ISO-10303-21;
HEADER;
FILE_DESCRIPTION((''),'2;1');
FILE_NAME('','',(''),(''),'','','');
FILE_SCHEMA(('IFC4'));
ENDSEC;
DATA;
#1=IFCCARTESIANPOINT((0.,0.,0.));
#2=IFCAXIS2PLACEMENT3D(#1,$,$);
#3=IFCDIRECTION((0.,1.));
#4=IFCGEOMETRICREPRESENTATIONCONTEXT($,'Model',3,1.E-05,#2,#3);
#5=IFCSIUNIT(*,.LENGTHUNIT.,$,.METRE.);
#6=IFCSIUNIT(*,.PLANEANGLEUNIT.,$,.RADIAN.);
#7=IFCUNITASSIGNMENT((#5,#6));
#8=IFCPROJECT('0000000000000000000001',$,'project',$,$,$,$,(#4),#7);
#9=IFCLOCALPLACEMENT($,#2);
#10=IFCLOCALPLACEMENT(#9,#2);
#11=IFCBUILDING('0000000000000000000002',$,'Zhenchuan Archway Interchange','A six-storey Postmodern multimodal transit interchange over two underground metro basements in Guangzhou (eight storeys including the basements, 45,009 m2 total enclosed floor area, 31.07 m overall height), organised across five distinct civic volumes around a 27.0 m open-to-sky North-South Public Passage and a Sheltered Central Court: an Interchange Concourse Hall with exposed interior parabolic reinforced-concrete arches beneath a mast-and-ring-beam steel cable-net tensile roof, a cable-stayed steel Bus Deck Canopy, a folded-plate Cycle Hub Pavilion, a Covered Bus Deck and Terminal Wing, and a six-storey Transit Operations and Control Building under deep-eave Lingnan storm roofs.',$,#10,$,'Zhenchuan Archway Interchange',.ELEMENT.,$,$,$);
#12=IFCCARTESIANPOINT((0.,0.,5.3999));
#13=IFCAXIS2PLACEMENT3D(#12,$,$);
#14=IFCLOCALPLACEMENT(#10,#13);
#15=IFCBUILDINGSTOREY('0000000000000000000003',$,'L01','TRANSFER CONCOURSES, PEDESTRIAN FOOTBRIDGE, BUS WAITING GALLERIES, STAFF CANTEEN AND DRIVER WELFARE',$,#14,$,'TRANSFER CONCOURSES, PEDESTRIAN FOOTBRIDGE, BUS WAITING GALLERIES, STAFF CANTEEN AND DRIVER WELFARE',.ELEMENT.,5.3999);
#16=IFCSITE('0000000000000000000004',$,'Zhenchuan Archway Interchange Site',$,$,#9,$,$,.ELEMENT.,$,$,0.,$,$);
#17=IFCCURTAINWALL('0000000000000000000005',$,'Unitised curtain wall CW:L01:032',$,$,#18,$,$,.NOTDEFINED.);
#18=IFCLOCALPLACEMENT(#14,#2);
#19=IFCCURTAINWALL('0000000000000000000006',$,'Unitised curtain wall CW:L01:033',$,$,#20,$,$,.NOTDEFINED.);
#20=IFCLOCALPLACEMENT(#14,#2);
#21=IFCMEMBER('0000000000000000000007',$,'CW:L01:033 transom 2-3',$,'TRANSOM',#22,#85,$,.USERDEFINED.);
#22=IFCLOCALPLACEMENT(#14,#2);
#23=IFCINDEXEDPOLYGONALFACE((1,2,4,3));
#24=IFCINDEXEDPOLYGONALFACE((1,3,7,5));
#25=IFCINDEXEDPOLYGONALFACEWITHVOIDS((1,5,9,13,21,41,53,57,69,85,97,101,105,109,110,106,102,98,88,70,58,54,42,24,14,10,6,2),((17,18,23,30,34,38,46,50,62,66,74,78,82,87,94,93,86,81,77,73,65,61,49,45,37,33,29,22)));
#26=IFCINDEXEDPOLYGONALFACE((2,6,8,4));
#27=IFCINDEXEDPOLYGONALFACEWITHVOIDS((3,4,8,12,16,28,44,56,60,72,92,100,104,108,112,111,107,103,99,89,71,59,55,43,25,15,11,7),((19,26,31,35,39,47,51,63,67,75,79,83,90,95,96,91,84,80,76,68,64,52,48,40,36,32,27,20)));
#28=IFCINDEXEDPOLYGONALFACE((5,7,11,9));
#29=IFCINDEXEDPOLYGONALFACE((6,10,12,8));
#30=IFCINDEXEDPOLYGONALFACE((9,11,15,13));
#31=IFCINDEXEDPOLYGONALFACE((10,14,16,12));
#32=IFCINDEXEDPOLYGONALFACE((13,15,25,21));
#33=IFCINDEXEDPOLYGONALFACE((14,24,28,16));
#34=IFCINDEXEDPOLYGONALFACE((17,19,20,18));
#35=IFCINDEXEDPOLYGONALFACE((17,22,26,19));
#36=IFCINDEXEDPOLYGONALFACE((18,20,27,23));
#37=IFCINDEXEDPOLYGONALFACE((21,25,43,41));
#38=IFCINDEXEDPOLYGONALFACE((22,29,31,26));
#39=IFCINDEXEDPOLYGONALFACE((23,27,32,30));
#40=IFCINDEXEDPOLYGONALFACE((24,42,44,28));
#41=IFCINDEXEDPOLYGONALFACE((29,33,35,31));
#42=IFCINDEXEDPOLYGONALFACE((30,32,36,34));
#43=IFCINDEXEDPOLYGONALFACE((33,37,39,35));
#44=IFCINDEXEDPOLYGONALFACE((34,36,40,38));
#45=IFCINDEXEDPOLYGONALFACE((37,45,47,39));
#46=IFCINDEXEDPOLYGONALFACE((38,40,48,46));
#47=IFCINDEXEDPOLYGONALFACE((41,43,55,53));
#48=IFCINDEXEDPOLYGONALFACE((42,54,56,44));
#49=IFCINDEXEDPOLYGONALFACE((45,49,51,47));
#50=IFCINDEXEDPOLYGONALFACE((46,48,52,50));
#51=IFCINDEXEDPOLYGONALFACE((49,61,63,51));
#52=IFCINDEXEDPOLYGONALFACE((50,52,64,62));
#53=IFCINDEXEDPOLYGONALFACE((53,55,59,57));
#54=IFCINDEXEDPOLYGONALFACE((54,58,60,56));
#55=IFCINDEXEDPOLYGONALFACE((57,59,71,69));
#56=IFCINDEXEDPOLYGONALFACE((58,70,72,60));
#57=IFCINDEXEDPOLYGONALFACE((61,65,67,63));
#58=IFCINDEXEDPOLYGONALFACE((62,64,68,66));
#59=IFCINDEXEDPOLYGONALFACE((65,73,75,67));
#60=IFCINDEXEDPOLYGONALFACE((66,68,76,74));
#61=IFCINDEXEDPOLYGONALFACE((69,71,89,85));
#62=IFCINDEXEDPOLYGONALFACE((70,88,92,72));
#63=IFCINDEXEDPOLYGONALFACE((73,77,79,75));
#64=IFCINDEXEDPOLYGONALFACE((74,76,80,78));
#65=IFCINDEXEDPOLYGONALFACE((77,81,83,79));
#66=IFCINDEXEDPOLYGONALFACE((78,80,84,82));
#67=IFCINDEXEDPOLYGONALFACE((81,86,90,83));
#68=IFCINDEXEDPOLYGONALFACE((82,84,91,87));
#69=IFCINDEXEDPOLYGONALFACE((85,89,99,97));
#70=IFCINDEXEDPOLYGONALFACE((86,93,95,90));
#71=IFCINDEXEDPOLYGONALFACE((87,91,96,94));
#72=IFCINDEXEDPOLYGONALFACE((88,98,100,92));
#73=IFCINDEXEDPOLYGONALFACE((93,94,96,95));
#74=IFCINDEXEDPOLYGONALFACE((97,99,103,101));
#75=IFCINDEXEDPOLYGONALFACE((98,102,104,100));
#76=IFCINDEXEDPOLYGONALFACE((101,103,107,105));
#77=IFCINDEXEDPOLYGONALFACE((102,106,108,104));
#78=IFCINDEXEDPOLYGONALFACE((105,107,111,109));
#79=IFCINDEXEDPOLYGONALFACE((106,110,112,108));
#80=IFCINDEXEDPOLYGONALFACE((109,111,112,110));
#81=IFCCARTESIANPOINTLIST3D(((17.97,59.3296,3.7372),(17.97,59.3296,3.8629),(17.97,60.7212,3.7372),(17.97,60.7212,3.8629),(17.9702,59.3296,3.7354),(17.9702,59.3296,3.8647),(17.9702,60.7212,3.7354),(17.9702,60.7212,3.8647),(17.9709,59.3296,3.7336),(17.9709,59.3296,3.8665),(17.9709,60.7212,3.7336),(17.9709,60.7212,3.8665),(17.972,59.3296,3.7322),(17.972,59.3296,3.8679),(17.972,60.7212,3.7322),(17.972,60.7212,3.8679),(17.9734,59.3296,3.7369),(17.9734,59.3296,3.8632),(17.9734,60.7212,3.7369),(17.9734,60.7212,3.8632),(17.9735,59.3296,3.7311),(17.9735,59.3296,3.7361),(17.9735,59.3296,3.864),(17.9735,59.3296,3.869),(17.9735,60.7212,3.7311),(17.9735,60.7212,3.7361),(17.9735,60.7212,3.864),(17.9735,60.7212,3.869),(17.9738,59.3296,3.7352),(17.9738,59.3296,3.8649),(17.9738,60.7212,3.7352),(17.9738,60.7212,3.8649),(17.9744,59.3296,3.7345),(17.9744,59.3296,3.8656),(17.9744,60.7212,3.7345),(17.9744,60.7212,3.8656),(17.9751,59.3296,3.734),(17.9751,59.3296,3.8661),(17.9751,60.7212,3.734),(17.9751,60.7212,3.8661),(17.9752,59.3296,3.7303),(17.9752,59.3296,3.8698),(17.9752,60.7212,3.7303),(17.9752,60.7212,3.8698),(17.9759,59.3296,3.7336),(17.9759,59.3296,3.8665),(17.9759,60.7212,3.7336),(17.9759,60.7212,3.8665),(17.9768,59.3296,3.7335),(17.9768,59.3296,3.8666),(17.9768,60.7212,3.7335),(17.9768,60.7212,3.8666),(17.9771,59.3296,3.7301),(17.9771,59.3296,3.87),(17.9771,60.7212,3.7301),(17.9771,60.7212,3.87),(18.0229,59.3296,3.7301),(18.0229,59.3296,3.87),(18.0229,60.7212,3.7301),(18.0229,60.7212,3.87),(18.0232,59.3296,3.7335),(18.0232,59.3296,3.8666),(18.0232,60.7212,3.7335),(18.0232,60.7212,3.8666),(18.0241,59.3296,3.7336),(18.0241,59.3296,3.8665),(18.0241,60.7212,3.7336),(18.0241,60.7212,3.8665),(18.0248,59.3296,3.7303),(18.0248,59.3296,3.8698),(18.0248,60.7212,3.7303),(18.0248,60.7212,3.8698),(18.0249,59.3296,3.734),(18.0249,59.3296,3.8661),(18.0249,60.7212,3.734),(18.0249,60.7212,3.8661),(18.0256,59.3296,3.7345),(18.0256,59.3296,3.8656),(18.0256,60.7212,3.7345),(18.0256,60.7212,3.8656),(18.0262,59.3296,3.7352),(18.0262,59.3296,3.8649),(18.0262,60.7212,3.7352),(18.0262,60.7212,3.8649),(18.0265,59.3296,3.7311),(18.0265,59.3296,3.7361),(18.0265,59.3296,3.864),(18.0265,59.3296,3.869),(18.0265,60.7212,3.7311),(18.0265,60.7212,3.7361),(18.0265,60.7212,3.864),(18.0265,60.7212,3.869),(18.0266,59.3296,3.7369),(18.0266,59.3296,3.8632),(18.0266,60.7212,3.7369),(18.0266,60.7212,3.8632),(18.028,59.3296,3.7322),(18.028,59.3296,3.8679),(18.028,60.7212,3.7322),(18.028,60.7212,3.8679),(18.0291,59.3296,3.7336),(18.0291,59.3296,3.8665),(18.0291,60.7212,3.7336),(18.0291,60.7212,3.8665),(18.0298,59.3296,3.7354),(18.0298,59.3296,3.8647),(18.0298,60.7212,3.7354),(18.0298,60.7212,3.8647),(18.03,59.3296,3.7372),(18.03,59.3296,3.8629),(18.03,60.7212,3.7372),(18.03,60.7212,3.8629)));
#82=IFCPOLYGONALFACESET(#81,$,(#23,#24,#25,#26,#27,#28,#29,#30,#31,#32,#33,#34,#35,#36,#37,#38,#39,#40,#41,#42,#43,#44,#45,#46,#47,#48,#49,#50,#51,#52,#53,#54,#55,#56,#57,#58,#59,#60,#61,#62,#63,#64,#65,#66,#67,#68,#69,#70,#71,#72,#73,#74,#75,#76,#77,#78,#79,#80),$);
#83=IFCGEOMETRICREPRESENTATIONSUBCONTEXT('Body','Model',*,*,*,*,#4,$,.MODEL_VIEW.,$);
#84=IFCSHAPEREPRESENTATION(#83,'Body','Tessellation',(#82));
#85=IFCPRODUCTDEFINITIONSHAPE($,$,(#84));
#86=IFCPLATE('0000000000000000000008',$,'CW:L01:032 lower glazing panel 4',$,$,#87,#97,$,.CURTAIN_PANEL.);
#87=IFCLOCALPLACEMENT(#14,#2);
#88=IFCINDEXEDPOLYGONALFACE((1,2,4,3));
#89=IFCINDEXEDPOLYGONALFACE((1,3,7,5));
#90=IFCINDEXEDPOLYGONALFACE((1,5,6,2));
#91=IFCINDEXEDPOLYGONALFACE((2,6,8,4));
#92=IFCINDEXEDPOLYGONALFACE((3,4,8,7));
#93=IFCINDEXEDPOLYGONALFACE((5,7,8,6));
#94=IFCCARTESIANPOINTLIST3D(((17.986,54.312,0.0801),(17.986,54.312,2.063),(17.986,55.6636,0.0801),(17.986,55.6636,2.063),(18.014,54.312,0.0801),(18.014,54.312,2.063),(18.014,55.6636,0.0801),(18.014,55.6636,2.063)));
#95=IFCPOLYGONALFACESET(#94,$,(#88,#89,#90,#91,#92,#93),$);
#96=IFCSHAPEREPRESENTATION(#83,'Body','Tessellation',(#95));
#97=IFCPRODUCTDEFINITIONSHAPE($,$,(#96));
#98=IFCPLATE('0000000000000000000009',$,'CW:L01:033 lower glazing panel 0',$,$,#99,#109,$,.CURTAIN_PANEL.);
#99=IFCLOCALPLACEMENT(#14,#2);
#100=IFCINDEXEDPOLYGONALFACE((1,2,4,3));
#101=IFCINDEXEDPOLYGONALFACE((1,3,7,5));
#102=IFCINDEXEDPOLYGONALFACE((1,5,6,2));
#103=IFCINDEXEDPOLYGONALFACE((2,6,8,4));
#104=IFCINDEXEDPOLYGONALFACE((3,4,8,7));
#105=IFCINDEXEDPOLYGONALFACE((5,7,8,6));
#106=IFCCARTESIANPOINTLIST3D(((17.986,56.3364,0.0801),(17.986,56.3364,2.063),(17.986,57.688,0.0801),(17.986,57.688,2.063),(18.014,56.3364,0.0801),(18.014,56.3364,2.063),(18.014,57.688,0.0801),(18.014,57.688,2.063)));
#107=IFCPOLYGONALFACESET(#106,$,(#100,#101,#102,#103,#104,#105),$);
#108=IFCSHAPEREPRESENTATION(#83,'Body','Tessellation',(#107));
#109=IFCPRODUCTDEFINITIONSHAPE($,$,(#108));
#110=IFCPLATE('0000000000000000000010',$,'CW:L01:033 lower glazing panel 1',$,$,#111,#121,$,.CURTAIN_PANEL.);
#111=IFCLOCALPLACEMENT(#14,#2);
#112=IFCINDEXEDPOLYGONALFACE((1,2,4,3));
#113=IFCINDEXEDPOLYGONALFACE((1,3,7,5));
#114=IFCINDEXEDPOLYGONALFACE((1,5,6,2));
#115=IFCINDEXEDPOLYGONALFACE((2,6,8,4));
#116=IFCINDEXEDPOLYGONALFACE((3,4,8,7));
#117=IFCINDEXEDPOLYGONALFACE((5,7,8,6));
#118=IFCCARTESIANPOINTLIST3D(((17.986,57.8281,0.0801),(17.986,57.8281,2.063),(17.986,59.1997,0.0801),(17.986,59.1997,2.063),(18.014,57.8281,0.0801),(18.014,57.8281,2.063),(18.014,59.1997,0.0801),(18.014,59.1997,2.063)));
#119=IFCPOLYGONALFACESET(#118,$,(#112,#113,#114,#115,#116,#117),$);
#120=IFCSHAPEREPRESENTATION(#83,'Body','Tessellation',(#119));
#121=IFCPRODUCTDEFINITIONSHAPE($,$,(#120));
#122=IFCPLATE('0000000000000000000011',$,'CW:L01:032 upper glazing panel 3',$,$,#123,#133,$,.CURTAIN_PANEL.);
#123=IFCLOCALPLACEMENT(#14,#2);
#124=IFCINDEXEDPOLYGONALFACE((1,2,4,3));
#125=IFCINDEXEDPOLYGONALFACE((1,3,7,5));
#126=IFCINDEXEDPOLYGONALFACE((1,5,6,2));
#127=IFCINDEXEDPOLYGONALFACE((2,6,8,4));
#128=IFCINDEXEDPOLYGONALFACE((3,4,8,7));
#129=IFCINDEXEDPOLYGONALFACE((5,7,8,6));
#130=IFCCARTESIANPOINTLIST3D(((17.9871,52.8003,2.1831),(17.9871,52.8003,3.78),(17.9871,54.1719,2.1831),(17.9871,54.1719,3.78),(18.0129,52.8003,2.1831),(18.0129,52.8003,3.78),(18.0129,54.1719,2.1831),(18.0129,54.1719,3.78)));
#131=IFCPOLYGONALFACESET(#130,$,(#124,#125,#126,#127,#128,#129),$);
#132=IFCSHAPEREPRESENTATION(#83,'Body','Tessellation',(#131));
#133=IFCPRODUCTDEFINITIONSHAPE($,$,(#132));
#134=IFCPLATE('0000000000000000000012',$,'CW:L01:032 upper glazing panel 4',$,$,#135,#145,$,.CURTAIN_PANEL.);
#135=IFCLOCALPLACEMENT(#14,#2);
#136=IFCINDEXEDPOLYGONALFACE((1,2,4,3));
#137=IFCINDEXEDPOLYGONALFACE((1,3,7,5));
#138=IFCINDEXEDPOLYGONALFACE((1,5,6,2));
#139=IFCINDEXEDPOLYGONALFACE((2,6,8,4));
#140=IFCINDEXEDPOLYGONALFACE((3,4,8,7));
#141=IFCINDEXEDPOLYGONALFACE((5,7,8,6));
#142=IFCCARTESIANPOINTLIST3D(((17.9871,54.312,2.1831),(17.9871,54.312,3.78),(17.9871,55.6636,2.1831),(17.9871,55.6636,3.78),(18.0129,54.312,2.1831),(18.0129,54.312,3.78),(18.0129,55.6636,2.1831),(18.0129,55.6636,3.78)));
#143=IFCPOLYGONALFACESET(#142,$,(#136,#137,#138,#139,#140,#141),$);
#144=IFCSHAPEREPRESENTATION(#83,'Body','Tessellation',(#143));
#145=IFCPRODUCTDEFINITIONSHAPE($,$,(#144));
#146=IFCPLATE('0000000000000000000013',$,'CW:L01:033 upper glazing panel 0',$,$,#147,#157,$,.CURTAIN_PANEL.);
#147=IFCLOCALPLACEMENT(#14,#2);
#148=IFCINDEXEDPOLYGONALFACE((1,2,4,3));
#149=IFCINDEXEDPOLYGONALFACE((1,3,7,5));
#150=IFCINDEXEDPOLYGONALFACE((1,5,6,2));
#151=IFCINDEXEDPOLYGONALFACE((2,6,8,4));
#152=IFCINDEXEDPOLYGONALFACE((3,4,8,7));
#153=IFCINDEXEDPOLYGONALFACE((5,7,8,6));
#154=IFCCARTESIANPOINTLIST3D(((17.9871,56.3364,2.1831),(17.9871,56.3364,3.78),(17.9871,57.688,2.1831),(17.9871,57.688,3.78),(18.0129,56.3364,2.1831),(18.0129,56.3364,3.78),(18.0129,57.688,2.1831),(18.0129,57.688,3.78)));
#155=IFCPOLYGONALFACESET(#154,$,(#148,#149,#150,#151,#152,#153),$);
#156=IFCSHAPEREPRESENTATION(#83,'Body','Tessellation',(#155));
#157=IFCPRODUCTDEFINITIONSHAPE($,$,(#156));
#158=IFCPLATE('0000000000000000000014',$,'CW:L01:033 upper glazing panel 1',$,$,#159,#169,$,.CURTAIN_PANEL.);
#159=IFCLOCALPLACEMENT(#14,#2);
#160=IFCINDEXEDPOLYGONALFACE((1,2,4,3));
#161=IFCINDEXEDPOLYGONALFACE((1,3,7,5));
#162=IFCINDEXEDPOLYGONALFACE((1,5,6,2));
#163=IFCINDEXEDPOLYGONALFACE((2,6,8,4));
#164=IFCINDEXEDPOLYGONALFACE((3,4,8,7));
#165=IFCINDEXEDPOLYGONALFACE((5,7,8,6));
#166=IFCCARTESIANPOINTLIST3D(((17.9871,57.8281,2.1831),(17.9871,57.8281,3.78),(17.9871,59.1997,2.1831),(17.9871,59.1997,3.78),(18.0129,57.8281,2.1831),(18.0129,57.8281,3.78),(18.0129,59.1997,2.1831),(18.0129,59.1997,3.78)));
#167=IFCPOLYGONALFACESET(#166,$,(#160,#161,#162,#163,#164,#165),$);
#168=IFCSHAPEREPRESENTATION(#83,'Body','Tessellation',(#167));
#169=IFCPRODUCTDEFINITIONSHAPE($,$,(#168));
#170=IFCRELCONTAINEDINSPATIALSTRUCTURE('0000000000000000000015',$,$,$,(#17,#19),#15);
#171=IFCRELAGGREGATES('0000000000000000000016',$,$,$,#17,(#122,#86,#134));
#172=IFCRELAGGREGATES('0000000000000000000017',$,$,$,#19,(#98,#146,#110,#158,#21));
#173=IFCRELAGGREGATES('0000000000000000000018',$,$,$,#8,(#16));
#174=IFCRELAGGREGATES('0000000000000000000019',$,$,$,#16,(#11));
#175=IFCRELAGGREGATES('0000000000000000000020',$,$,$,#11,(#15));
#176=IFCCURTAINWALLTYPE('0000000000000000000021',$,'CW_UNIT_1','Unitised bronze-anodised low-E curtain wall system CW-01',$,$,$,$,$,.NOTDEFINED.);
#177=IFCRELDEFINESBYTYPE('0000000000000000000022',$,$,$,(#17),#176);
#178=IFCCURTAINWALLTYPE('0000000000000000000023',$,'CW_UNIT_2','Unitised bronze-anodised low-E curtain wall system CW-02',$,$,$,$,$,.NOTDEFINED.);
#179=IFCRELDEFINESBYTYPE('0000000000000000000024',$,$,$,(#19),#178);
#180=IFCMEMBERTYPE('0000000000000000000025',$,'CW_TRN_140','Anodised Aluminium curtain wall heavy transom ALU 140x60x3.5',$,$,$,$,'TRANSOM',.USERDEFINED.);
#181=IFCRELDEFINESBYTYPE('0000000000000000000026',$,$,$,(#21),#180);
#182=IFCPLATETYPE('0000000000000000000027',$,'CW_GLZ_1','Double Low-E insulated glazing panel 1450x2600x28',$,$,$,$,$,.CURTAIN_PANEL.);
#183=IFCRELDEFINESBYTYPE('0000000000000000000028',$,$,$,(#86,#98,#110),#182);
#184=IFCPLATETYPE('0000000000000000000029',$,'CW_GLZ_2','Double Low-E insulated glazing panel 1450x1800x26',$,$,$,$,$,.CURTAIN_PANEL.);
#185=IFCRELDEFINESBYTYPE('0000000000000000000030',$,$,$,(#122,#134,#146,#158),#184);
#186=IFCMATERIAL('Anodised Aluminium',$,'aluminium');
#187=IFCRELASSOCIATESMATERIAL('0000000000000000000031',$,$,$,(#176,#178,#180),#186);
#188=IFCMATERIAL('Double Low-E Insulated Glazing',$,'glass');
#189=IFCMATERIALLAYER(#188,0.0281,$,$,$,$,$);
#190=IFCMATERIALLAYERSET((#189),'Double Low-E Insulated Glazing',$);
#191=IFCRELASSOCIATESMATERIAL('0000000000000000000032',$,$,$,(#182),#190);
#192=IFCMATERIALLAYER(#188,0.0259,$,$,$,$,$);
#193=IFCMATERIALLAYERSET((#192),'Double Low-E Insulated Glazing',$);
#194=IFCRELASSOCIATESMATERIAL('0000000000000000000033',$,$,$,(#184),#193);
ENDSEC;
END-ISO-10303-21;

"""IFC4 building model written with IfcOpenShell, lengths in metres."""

from ifc_helpers import new_model, si_unit, direction, frame, origin, origin_2d, place, context, subcontext, project, spatial, rectangle, hollow_rectangle, extrude, material, layer, layer_set, material_profile, profile_set, type_object, element, aggregate, save


model = new_model("IFC4")

# Units and contexts
model_context = context("Model", 3, precision=1e-05, world=origin(), true_north=direction((0.0, 1.0)))
body_context = subcontext(model_context, "Body", "Model", "MODEL_VIEW")
ifc_project = project(units=[si_unit("LENGTHUNIT", "METRE"), si_unit("PLANEANGLEUNIT", "RADIAN")], contexts=[model_context])

# Site, building, storey
site_placement = place(None, origin())
site = spatial("IfcSite", under=ifc_project, at=site_placement, Name="Zhenchuan Archway Interchange Site", CompositionType="ELEMENT", RefElevation=0.0)
building_placement = place(site_placement, origin())
building = spatial("IfcBuilding", under=site, at=building_placement, Name="Zhenchuan Archway Interchange", Description="A six-storey Postmodern multimodal transit interchange over two underground metro basements in Guangzhou (eight storeys including the basements, 45,009 m2 total enclosed floor area, 31.07 m overall height), organised across five distinct civic volumes around a 27.0 m open-to-sky North-South Public Passage and a Sheltered Central Court: an Interchange Concourse Hall with exposed interior parabolic reinforced-concrete arches beneath a mast-and-ring-beam steel cable-net tensile roof, a cable-stayed steel Bus Deck Canopy, a folded-plate Cycle Hub Pavilion, a Covered Bus Deck and Terminal Wing, and a six-storey Transit Operations and Control Building under deep-eave Lingnan storm roofs.", LongName="Zhenchuan Archway Interchange", CompositionType="ELEMENT")
storey_placement = place(building_placement, frame((0.0, 0.0, 5.3999)))
storey = spatial("IfcBuildingStorey", under=building, at=storey_placement, Name="L01", Description="TRANSFER CONCOURSES, PEDESTRIAN FOOTBRIDGE, BUS WAITING GALLERIES, STAFF CANTEEN AND DRIVER WELFARE", LongName="TRANSFER CONCOURSES, PEDESTRIAN FOOTBRIDGE, BUS WAITING GALLERIES, STAFF CANTEEN AND DRIVER WELFARE", CompositionType="ELEMENT", Elevation=5.3999)

# Curtain walls
ifc_material_1 = material(Name="Anodised Aluminium", Category="aluminium")
curtain_wall_type_1 = type_object("IfcCurtainWallType", Name="CW_UNIT_1", Description="Unitised bronze-anodised low-E curtain wall system CW-01", PredefinedType="NOTDEFINED", material=ifc_material_1)
curtain_wall_1_placement = place(storey_placement, origin())
curtain_wall_1 = element("IfcCurtainWall", 1, at=curtain_wall_1_placement, inside=storey, type_object=curtain_wall_type_1, Name="Unitised curtain wall CW:L01:032", PredefinedType="NOTDEFINED")
curtain_wall_type_2 = type_object("IfcCurtainWallType", Name="CW_UNIT_2", Description="Unitised bronze-anodised low-E curtain wall system CW-02", PredefinedType="NOTDEFINED", material=ifc_material_1)
curtain_wall_2_placement = place(storey_placement, origin())
curtain_wall_2 = element("IfcCurtainWall", 2, at=curtain_wall_2_placement, inside=storey, type_object=curtain_wall_type_2, Name="Unitised curtain wall CW:L01:033", PredefinedType="NOTDEFINED")

# Member
ifc_material_profile_1 = material_profile(ifc_material_1, hollow_rectangle(XDim=0.0601, YDim=0.1399, WallThickness=0.0034, InnerFilletRadius=0.0034, OuterFilletRadius=0.0071, at=origin_2d()), Name="ALU 140x60x3.5")
ifc_profile_set_1 = profile_set([ifc_material_profile_1], Name="Anodised Aluminium")
member_type_1 = type_object("IfcMemberType", Name="CW_TRN_140", Description="Anodised Aluminium curtain wall heavy transom ALU 140x60x3.5", ElementType="TRANSOM", PredefinedType="USERDEFINED", material=ifc_profile_set_1)
member_1_placement = place(storey_placement, frame((18.0, 59.3296, 3.8), z_axis=(0.0, 1.0, 0.0), x_axis=(-1.0, 0.0, 0.0)))
member_1 = element("IfcMember", 3, at=member_1_placement, type_object=member_type_1, Name="CW:L01:033 transom 2-3", ObjectType="TRANSOM", PredefinedType="USERDEFINED", context=body_context, shape_type="SweptSolid", body=[
    extrude(hollow_rectangle(XDim=0.0601, YDim=0.1399, WallThickness=0.0034, InnerFilletRadius=0.0034, OuterFilletRadius=0.0071, at=origin_2d()), origin(), (0.0, 0.0, 1.0), 1.3916),
])

# Plates
ifc_material_2 = material(Name="Double Low-E Insulated Glazing", Category="glass")
ifc_layer_1 = layer(ifc_material_2, 0.0281)
ifc_layer_set_1 = layer_set([ifc_layer_1], Name="Double Low-E Insulated Glazing")
plate_type_1 = type_object("IfcPlateType", Name="CW_GLZ_1", Description="Double Low-E insulated glazing panel 1450x2600x28", PredefinedType="CURTAIN_PANEL", material=ifc_layer_set_1)
plate_1_placement = place(storey_placement, frame((18.0, 54.9878, 0.0801), z_axis=(0.0, 0.0, 1.0), x_axis=(0.0, 1.0, 0.0)))
plate_1 = element("IfcPlate", 4, at=plate_1_placement, type_object=plate_type_1, Name="CW:L01:032 lower glazing panel 4", PredefinedType="CURTAIN_PANEL", context=body_context, shape_type="SweptSolid", body=[
    extrude(rectangle(XDim=1.3516, YDim=0.0281, at=origin_2d()), origin(), (0.0, 0.0, 1.0), 1.9829),
])
plate_2_placement = place(storey_placement, frame((18.0, 57.0122, 0.0801), z_axis=(0.0, 0.0, 1.0), x_axis=(0.0, 1.0, 0.0)))
plate_2 = element("IfcPlate", 5, at=plate_2_placement, type_object=plate_type_1, Name="CW:L01:033 lower glazing panel 0", PredefinedType="CURTAIN_PANEL", context=body_context, shape_type="SweptSolid", body=[
    extrude(rectangle(XDim=1.3516, YDim=0.0281, at=origin_2d()), origin(), (0.0, 0.0, 1.0), 1.9829),
])
plate_3_placement = place(storey_placement, frame((18.0, 58.5139, 0.0801), z_axis=(0.0, 0.0, 1.0), x_axis=(0.0, 1.0, 0.0)))
plate_3 = element("IfcPlate", 6, at=plate_3_placement, type_object=plate_type_1, Name="CW:L01:033 lower glazing panel 1", PredefinedType="CURTAIN_PANEL", context=body_context, shape_type="SweptSolid", body=[
    extrude(rectangle(XDim=1.3716, YDim=0.0281, at=origin_2d()), origin(), (0.0, 0.0, 1.0), 1.9829),
])
ifc_layer_2 = layer(ifc_material_2, 0.0259)
ifc_layer_set_2 = layer_set([ifc_layer_2], Name="Double Low-E Insulated Glazing")
plate_type_2 = type_object("IfcPlateType", Name="CW_GLZ_2", Description="Double Low-E insulated glazing panel 1450x1800x26", PredefinedType="CURTAIN_PANEL", material=ifc_layer_set_2)
plate_4_placement = place(storey_placement, frame((18.0, 53.4861, 2.1831), z_axis=(0.0, 0.0, 1.0), x_axis=(0.0, 1.0, 0.0)))
plate_4 = element("IfcPlate", 7, at=plate_4_placement, type_object=plate_type_2, Name="CW:L01:032 upper glazing panel 3", PredefinedType="CURTAIN_PANEL", context=body_context, shape_type="SweptSolid", body=[
    extrude(rectangle(XDim=1.3716, YDim=0.0259, at=origin_2d()), origin(), (0.0, 0.0, 1.0), 1.5969),
])
plate_5_placement = place(storey_placement, frame((18.0, 54.9878, 2.1831), z_axis=(0.0, 0.0, 1.0), x_axis=(0.0, 1.0, 0.0)))
plate_5 = element("IfcPlate", 8, at=plate_5_placement, type_object=plate_type_2, Name="CW:L01:032 upper glazing panel 4", PredefinedType="CURTAIN_PANEL", context=body_context, shape_type="SweptSolid", body=[
    extrude(rectangle(XDim=1.3516, YDim=0.0259, at=origin_2d()), origin(), (0.0, 0.0, 1.0), 1.5969),
])
aggregate(curtain_wall_1, [plate_4, plate_1, plate_5])
plate_6_placement = place(storey_placement, frame((18.0, 57.0122, 2.1831), z_axis=(0.0, 0.0, 1.0), x_axis=(0.0, 1.0, 0.0)))
plate_6 = element("IfcPlate", 9, at=plate_6_placement, type_object=plate_type_2, Name="CW:L01:033 upper glazing panel 0", PredefinedType="CURTAIN_PANEL", context=body_context, shape_type="SweptSolid", body=[
    extrude(rectangle(XDim=1.3516, YDim=0.0259, at=origin_2d()), origin(), (0.0, 0.0, 1.0), 1.5969),
])
plate_7_placement = place(storey_placement, frame((18.0, 58.5139, 2.1831), z_axis=(0.0, 0.0, 1.0), x_axis=(0.0, 1.0, 0.0)))
plate_7 = element("IfcPlate", 10, at=plate_7_placement, type_object=plate_type_2, Name="CW:L01:033 upper glazing panel 1", PredefinedType="CURTAIN_PANEL", context=body_context, shape_type="SweptSolid", body=[
    extrude(rectangle(XDim=1.3716, YDim=0.0259, at=origin_2d()), origin(), (0.0, 0.0, 1.0), 1.5969),
])
aggregate(curtain_wall_2, [plate_2, plate_6, plate_3, plate_7, member_1])

save(model, "model.ifc")
